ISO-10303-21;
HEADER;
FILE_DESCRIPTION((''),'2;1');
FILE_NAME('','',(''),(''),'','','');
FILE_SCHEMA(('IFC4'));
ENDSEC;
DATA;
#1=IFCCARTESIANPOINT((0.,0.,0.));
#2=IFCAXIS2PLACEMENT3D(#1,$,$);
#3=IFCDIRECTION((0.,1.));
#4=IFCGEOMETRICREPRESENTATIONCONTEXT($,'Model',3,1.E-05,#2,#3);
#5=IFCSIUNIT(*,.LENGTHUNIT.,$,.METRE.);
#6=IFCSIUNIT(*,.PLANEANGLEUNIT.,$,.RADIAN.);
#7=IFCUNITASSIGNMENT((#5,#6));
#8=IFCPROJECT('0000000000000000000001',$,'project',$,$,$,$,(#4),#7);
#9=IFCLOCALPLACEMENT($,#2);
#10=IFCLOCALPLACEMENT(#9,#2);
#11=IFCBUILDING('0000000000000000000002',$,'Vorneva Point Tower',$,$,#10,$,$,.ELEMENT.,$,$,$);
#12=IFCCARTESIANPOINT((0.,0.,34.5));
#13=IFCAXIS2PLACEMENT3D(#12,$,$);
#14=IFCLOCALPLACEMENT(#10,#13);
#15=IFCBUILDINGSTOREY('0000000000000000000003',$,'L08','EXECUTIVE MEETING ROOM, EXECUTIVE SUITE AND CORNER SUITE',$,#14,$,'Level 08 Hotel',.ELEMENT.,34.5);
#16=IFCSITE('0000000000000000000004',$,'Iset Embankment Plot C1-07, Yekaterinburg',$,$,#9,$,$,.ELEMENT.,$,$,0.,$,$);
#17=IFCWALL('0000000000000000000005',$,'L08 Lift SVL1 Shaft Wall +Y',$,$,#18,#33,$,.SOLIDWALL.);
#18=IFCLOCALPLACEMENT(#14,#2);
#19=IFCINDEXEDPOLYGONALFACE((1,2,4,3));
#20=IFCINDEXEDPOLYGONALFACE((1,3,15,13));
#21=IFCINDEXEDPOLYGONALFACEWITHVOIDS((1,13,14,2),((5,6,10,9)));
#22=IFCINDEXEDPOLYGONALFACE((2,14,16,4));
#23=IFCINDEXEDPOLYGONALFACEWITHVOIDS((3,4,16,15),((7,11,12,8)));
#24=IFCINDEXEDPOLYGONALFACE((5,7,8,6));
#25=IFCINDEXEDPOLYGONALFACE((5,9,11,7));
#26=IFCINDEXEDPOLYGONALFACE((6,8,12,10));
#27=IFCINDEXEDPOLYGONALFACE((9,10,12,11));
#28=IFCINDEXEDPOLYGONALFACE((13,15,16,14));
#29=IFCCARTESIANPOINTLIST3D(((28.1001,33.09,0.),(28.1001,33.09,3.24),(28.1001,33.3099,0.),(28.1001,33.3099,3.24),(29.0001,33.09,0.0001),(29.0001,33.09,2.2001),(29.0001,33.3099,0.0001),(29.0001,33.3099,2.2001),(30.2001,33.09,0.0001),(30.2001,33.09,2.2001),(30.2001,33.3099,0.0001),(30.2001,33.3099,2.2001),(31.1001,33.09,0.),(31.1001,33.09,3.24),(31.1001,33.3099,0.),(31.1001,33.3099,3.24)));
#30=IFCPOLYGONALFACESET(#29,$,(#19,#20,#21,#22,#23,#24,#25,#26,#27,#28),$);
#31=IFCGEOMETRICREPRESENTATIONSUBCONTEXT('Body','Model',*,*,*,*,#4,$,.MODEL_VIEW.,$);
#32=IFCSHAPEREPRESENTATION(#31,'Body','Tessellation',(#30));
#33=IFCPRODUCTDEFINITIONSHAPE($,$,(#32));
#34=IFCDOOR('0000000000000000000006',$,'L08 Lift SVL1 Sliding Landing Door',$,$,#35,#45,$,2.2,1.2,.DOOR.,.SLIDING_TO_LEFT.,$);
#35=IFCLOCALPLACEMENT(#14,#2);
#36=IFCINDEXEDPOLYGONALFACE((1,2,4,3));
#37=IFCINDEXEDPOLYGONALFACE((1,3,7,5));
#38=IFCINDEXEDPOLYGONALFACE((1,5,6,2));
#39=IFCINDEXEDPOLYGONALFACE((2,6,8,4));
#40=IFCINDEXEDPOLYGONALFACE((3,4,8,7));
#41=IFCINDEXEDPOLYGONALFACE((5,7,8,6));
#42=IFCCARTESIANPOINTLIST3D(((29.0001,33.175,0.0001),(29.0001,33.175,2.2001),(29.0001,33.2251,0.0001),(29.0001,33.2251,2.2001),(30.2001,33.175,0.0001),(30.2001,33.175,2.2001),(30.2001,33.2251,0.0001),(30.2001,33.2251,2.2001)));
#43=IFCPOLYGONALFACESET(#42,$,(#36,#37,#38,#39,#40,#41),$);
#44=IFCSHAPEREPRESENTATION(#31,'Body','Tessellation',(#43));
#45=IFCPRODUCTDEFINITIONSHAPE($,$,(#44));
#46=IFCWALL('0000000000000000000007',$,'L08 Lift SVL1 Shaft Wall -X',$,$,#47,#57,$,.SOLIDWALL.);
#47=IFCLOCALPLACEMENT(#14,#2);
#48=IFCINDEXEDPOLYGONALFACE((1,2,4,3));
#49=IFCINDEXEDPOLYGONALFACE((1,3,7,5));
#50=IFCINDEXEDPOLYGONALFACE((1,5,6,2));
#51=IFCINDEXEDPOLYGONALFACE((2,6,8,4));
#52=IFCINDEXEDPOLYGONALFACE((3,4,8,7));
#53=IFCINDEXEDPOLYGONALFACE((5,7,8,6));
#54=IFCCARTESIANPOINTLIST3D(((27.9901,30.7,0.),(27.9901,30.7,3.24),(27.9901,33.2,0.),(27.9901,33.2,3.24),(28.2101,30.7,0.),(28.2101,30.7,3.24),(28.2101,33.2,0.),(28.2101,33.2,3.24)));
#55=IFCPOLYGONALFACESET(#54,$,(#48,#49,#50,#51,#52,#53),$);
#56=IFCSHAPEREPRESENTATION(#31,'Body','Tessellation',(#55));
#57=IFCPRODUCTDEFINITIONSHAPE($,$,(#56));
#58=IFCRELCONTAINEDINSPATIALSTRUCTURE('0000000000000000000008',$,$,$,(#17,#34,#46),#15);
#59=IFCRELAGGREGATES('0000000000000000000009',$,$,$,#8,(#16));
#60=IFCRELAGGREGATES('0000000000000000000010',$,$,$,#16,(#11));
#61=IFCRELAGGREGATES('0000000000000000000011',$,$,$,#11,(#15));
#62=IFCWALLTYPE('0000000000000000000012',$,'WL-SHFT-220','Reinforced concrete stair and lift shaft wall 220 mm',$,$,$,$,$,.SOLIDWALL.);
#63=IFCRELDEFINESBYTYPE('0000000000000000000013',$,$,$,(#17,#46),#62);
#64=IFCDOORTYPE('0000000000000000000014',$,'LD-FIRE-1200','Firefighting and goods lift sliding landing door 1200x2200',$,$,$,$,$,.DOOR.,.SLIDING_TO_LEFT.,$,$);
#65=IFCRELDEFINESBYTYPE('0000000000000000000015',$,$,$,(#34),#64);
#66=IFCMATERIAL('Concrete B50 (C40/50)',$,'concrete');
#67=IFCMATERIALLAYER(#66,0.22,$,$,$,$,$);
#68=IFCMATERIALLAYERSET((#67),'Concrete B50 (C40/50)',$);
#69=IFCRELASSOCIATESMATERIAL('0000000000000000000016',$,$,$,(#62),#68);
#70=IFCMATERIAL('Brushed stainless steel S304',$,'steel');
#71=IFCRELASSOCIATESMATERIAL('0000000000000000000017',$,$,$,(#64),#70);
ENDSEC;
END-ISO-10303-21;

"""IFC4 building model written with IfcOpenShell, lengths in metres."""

from ifc_helpers import new_model, si_unit, direction, frame, frame_2d, origin, place, context, subcontext, project, spatial, rectangle, extrude, material, layer, layer_set, type_object, element, fill, save


model = new_model("IFC4")

# Units and contexts
model_context = context("Model", 3, precision=1e-05, world=origin(), true_north=direction((0.0, 1.0)))
body_context = subcontext(model_context, "Body", "Model", "MODEL_VIEW")
ifc_project = project(units=[si_unit("LENGTHUNIT", "METRE"), si_unit("PLANEANGLEUNIT", "RADIAN")], contexts=[model_context])

# Site, building, storey
site_placement = place(None, origin())
site = spatial("IfcSite", under=ifc_project, at=site_placement, Name="Iset Embankment Plot C1-07, Yekaterinburg", CompositionType="ELEMENT", RefElevation=0.0)
building_placement = place(site_placement, origin())
building = spatial("IfcBuilding", under=site, at=building_placement, Name="Vorneva Point Tower", CompositionType="ELEMENT")
storey_placement = place(building_placement, frame((0.0, 0.0, 34.5)))
storey = spatial("IfcBuildingStorey", under=building, at=storey_placement, Name="L08", Description="EXECUTIVE MEETING ROOM, EXECUTIVE SUITE AND CORNER SUITE", LongName="Level 08 Hotel", CompositionType="ELEMENT", Elevation=34.5)

# Wall, opening, door
ifc_material_1 = material(Name="Concrete B50 (C40/50)", Category="concrete")
ifc_layer_1 = layer(ifc_material_1, 0.22)
ifc_layer_set_1 = layer_set([ifc_layer_1], Name="Concrete B50 (C40/50)")
wall_type_1 = type_object("IfcWallType", Name="WL-SHFT-220", Description="Reinforced concrete stair and lift shaft wall 220 mm", PredefinedType="SOLIDWALL", material=ifc_layer_set_1)
wall_1_placement = place(storey_placement, frame((31.1001, 33.2, 0.0), z_axis=(0.0, 0.0, 1.0), x_axis=(-1.0, 0.0, 0.0)))
wall_1 = element("IfcWall", 1, at=wall_1_placement, inside=storey, type_object=wall_type_1, Name="L08 Lift SVL1 Shaft Wall +Y", PredefinedType="SOLIDWALL", context=body_context, shape_type="SweptSolid", body=[
    extrude(rectangle(XDim=3.0, YDim=0.22, at=frame_2d((1.5, 0.0))), origin(), (0.0, 0.0, 1.0), 3.24),
])
opening_1_placement = place(wall_1_placement, frame((0.8999, 0.0, 0.0)))
opening_1 = element("IfcOpeningElement", 2, at=opening_1_placement, cuts=wall_1, PredefinedType="OPENING", context=body_context, shape_type="SweptSolid", body=[
    extrude(rectangle(XDim=1.2, YDim=2.2, at=frame_2d((0.6001, 1.1001))), frame((0.0, 0.125, 0.0), z_axis=(0.0, -1.0, 0.0), x_axis=(1.0, 0.0, 0.0)), (0.0, 0.0, 1.0), 0.2498),
])
ifc_material_2 = material(Name="Brushed stainless steel S304", Category="steel")
door_type_1 = type_object("IfcDoorType", Name="LD-FIRE-1200", Description="Firefighting and goods lift sliding landing door 1200x2200", OperationType="SLIDING_TO_LEFT", PredefinedType="DOOR", material=ifc_material_2)
door_1_placement = place(opening_1_placement, origin())
door_1 = element("IfcDoor", 3, at=door_1_placement, inside=storey, type_object=door_type_1, Name="L08 Lift SVL1 Sliding Landing Door", OperationType="SLIDING_TO_LEFT", OverallHeight=2.2, OverallWidth=1.2, PredefinedType="DOOR", context=body_context, shape_type="SweptSolid", body=[
    extrude(rectangle(XDim=1.2, YDim=2.2, at=frame_2d((0.6001, 1.1001))), frame((0.0, 0.0249, 0.0), z_axis=(0.0, -1.0, 0.0), x_axis=(1.0, 0.0, 0.0)), (0.0, 0.0, 1.0), 0.05),
])
fill(opening_1, door_1)

# Wall
wall_2_placement = place(storey_placement, frame((28.1001, 33.2, 0.0), z_axis=(0.0, 0.0, 1.0), x_axis=(0.0, -1.0, 0.0)))
element("IfcWall", 4, at=wall_2_placement, inside=storey, type_object=wall_type_1, Name="L08 Lift SVL1 Shaft Wall -X", PredefinedType="SOLIDWALL", context=body_context, shape_type="SweptSolid", body=[
    extrude(rectangle(XDim=2.5, YDim=0.22, at=frame_2d((1.25, 0.0))), origin(), (0.0, 0.0, 1.0), 3.24),
])

save(model, "model.ifc")
